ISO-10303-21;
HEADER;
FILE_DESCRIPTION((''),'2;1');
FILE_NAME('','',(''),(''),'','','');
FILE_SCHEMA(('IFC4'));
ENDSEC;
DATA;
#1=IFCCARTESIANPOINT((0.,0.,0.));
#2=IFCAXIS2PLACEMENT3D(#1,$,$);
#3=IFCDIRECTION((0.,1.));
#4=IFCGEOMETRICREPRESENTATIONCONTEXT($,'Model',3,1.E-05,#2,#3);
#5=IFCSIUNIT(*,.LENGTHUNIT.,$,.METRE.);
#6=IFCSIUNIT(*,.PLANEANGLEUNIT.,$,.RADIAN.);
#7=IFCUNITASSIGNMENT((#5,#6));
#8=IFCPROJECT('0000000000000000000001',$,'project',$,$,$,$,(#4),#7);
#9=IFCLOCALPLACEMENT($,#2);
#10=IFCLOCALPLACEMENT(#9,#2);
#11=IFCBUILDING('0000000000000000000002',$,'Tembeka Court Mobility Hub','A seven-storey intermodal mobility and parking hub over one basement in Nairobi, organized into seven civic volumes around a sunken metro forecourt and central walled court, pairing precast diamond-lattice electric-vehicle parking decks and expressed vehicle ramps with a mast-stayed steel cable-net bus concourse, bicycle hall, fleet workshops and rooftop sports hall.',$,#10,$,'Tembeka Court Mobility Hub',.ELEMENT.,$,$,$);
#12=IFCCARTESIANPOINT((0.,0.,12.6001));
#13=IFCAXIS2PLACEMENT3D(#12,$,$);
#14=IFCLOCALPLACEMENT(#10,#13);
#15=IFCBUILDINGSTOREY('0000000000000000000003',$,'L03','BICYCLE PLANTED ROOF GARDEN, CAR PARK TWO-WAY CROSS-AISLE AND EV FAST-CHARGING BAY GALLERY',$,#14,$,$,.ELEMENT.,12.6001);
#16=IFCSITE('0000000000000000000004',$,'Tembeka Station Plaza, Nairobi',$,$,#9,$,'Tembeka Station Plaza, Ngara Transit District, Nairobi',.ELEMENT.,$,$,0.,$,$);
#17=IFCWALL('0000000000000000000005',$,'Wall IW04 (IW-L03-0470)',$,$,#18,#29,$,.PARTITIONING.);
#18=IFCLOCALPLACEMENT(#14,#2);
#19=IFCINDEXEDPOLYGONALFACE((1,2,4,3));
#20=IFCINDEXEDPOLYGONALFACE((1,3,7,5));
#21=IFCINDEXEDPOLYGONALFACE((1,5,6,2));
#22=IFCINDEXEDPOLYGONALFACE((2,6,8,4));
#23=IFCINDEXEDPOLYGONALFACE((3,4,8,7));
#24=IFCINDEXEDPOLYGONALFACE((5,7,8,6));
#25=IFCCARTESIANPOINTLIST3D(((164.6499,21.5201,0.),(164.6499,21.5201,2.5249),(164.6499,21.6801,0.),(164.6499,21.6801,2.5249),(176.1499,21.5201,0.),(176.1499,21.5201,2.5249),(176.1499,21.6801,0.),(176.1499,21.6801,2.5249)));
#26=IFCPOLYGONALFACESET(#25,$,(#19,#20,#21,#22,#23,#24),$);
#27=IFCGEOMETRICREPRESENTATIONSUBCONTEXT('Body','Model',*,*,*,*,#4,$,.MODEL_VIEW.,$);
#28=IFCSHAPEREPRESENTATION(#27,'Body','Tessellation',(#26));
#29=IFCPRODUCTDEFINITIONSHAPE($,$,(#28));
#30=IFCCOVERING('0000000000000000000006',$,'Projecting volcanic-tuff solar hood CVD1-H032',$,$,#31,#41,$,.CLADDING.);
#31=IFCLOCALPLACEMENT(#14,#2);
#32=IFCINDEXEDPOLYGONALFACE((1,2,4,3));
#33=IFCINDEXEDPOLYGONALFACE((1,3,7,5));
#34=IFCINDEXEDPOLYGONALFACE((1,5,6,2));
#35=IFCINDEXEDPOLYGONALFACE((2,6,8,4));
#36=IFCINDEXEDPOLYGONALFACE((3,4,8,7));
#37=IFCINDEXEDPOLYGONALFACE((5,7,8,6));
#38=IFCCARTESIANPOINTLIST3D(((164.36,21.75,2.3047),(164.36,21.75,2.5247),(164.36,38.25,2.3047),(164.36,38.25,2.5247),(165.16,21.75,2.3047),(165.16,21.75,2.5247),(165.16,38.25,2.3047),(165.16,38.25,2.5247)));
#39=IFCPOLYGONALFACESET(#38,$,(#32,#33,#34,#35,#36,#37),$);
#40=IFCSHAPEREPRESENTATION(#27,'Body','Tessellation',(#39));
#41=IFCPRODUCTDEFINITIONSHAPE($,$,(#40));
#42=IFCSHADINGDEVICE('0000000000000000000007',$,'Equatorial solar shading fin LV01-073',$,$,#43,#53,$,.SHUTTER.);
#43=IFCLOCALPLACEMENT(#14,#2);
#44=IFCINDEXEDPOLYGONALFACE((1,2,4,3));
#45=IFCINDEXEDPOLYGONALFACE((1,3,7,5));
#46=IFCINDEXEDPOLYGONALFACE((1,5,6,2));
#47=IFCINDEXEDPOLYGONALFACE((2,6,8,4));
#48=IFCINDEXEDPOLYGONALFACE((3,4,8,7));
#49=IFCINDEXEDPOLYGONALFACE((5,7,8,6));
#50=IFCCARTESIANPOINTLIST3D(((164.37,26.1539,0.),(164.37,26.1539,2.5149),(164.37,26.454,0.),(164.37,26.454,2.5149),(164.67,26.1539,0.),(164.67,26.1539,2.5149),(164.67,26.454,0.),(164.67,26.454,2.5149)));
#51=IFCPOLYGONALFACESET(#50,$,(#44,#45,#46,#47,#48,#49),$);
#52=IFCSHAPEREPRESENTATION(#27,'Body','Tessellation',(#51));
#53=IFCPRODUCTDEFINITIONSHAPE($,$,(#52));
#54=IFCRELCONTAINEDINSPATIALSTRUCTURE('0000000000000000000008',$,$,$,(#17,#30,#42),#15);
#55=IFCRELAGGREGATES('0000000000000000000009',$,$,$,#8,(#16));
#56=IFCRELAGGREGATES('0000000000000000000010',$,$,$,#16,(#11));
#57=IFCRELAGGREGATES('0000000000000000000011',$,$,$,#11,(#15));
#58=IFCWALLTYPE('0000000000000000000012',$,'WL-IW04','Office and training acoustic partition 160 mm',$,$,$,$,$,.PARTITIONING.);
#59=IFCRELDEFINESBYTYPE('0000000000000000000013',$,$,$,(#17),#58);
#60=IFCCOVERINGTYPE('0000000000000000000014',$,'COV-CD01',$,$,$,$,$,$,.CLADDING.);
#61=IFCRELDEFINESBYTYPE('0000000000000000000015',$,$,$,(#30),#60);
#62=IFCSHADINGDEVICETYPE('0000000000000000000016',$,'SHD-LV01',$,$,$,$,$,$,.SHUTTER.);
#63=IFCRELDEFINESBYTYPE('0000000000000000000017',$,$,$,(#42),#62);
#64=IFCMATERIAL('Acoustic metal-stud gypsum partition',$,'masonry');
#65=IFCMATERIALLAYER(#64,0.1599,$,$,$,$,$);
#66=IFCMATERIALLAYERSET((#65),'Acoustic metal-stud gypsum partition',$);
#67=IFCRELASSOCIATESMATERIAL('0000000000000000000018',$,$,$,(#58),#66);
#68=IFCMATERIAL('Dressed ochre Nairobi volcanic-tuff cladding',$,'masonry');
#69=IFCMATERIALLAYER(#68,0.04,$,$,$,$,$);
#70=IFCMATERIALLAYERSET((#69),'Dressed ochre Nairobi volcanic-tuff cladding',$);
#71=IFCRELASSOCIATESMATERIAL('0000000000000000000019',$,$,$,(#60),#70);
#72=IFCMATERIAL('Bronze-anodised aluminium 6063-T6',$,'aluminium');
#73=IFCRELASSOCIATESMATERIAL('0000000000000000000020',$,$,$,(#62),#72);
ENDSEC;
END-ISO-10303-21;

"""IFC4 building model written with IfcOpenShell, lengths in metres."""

from ifc_helpers import new_model, si_unit, direction, frame, frame_2d, origin, origin_2d, place, context, subcontext, project, spatial, rectangle, extrude, material, layer, layer_set, material_profile, profile_set, type_object, element, save


model = new_model("IFC4")

# Units and contexts
model_context = context("Model", 3, precision=1e-05, world=origin(), true_north=direction((0.0, 1.0)))
body_context = subcontext(model_context, "Body", "Model", "MODEL_VIEW")
ifc_project = project(units=[si_unit("LENGTHUNIT", "METRE"), si_unit("PLANEANGLEUNIT", "RADIAN")], contexts=[model_context])

# Site, building, storey
site_placement = place(None, origin())
site = spatial("IfcSite", under=ifc_project, at=site_placement, Name="Tembeka Station Plaza, Nairobi", LongName="Tembeka Station Plaza, Ngara Transit District, Nairobi", CompositionType="ELEMENT", RefElevation=0.0)
building_placement = place(site_placement, origin())
building = spatial("IfcBuilding", under=site, at=building_placement, Name="Tembeka Court Mobility Hub", Description="A seven-storey intermodal mobility and parking hub over one basement in Nairobi, organized into seven civic volumes around a sunken metro forecourt and central walled court, pairing precast diamond-lattice electric-vehicle parking decks and expressed vehicle ramps with a mast-stayed steel cable-net bus concourse, bicycle hall, fleet workshops and rooftop sports hall.", LongName="Tembeka Court Mobility Hub", CompositionType="ELEMENT")
storey_placement = place(building_placement, frame((0.0, 0.0, 12.6001)))
storey = spatial("IfcBuildingStorey", under=building, at=storey_placement, Name="L03", Description="BICYCLE PLANTED ROOF GARDEN, CAR PARK TWO-WAY CROSS-AISLE AND EV FAST-CHARGING BAY GALLERY", CompositionType="ELEMENT", Elevation=12.6001)

# Wall
ifc_material_1 = material(Name="Acoustic metal-stud gypsum partition", Category="masonry")
ifc_layer_1 = layer(ifc_material_1, 0.1599)
ifc_layer_set_1 = layer_set([ifc_layer_1], Name="Acoustic metal-stud gypsum partition")
wall_type = type_object("IfcWallType", Name="WL-IW04", Description="Office and training acoustic partition 160 mm", PredefinedType="PARTITIONING", material=ifc_layer_set_1)
wall_placement = place(storey_placement, frame((164.6499, 21.6001, 0.0), z_axis=(0.0, 0.0, 1.0), x_axis=(1.0, 0.0, 0.0)))
element("IfcWall", 1, at=wall_placement, inside=storey, type_object=wall_type, Name="Wall IW04 (IW-L03-0470)", PredefinedType="PARTITIONING", context=body_context, shape_type="SweptSolid", body=[
    extrude(rectangle(XDim=11.5, YDim=0.1599, at=frame_2d((5.75, 0.0))), origin(), (0.0, 0.0, 1.0), 2.5249),
])

# Covering
ifc_material_2 = material(Name="Dressed ochre Nairobi volcanic-tuff cladding", Category="masonry")
ifc_layer_2 = layer(ifc_material_2, 0.04)
ifc_layer_set_2 = layer_set([ifc_layer_2], Name="Dressed ochre Nairobi volcanic-tuff cladding")
covering_type = type_object("IfcCoveringType", Name="COV-CD01", PredefinedType="CLADDING", material=ifc_layer_set_2)
covering_placement = place(storey_placement, frame((164.76, 30.0, 2.3047), z_axis=(0.0, 0.0, 1.0), x_axis=(0.0, 1.0, 0.0)))
element("IfcCovering", 2, at=covering_placement, inside=storey, type_object=covering_type, Name="Projecting volcanic-tuff solar hood CVD1-H032", PredefinedType="CLADDING", context=body_context, shape_type="SweptSolid", body=[
    extrude(rectangle(XDim=16.5, YDim=0.8, at=origin_2d()), origin(), (0.0, 0.0, 1.0), 0.22),
])

# Shading device
ifc_material_3 = material(Name="Bronze-anodised aluminium 6063-T6", Category="aluminium")
ifc_material_profile_1 = material_profile(ifc_material_3, rectangle(XDim=0.3, YDim=0.3, at=origin_2d()), Name="ALU-LVR 300x300")
ifc_profile_set_1 = profile_set([ifc_material_profile_1], Name="Bronze-anodised aluminium 6063-T6")
shading_device_type = type_object("IfcShadingDeviceType", Name="SHD-LV01", PredefinedType="SHUTTER", material=ifc_profile_set_1)
shading_device_placement = place(storey_placement, frame((164.52, 26.304, 0.0), z_axis=(0.0, 0.0, 1.0), x_axis=(1.0, 0.0, 0.0)))
element("IfcShadingDevice", 3, at=shading_device_placement, inside=storey, type_object=shading_device_type, Name="Equatorial solar shading fin LV01-073", PredefinedType="SHUTTER", context=body_context, shape_type="SweptSolid", body=[
    extrude(rectangle(XDim=0.3, YDim=0.3, at=origin_2d()), origin(), (0.0, 0.0, 1.0), 2.5149),
])

save(model, "model.ifc")
